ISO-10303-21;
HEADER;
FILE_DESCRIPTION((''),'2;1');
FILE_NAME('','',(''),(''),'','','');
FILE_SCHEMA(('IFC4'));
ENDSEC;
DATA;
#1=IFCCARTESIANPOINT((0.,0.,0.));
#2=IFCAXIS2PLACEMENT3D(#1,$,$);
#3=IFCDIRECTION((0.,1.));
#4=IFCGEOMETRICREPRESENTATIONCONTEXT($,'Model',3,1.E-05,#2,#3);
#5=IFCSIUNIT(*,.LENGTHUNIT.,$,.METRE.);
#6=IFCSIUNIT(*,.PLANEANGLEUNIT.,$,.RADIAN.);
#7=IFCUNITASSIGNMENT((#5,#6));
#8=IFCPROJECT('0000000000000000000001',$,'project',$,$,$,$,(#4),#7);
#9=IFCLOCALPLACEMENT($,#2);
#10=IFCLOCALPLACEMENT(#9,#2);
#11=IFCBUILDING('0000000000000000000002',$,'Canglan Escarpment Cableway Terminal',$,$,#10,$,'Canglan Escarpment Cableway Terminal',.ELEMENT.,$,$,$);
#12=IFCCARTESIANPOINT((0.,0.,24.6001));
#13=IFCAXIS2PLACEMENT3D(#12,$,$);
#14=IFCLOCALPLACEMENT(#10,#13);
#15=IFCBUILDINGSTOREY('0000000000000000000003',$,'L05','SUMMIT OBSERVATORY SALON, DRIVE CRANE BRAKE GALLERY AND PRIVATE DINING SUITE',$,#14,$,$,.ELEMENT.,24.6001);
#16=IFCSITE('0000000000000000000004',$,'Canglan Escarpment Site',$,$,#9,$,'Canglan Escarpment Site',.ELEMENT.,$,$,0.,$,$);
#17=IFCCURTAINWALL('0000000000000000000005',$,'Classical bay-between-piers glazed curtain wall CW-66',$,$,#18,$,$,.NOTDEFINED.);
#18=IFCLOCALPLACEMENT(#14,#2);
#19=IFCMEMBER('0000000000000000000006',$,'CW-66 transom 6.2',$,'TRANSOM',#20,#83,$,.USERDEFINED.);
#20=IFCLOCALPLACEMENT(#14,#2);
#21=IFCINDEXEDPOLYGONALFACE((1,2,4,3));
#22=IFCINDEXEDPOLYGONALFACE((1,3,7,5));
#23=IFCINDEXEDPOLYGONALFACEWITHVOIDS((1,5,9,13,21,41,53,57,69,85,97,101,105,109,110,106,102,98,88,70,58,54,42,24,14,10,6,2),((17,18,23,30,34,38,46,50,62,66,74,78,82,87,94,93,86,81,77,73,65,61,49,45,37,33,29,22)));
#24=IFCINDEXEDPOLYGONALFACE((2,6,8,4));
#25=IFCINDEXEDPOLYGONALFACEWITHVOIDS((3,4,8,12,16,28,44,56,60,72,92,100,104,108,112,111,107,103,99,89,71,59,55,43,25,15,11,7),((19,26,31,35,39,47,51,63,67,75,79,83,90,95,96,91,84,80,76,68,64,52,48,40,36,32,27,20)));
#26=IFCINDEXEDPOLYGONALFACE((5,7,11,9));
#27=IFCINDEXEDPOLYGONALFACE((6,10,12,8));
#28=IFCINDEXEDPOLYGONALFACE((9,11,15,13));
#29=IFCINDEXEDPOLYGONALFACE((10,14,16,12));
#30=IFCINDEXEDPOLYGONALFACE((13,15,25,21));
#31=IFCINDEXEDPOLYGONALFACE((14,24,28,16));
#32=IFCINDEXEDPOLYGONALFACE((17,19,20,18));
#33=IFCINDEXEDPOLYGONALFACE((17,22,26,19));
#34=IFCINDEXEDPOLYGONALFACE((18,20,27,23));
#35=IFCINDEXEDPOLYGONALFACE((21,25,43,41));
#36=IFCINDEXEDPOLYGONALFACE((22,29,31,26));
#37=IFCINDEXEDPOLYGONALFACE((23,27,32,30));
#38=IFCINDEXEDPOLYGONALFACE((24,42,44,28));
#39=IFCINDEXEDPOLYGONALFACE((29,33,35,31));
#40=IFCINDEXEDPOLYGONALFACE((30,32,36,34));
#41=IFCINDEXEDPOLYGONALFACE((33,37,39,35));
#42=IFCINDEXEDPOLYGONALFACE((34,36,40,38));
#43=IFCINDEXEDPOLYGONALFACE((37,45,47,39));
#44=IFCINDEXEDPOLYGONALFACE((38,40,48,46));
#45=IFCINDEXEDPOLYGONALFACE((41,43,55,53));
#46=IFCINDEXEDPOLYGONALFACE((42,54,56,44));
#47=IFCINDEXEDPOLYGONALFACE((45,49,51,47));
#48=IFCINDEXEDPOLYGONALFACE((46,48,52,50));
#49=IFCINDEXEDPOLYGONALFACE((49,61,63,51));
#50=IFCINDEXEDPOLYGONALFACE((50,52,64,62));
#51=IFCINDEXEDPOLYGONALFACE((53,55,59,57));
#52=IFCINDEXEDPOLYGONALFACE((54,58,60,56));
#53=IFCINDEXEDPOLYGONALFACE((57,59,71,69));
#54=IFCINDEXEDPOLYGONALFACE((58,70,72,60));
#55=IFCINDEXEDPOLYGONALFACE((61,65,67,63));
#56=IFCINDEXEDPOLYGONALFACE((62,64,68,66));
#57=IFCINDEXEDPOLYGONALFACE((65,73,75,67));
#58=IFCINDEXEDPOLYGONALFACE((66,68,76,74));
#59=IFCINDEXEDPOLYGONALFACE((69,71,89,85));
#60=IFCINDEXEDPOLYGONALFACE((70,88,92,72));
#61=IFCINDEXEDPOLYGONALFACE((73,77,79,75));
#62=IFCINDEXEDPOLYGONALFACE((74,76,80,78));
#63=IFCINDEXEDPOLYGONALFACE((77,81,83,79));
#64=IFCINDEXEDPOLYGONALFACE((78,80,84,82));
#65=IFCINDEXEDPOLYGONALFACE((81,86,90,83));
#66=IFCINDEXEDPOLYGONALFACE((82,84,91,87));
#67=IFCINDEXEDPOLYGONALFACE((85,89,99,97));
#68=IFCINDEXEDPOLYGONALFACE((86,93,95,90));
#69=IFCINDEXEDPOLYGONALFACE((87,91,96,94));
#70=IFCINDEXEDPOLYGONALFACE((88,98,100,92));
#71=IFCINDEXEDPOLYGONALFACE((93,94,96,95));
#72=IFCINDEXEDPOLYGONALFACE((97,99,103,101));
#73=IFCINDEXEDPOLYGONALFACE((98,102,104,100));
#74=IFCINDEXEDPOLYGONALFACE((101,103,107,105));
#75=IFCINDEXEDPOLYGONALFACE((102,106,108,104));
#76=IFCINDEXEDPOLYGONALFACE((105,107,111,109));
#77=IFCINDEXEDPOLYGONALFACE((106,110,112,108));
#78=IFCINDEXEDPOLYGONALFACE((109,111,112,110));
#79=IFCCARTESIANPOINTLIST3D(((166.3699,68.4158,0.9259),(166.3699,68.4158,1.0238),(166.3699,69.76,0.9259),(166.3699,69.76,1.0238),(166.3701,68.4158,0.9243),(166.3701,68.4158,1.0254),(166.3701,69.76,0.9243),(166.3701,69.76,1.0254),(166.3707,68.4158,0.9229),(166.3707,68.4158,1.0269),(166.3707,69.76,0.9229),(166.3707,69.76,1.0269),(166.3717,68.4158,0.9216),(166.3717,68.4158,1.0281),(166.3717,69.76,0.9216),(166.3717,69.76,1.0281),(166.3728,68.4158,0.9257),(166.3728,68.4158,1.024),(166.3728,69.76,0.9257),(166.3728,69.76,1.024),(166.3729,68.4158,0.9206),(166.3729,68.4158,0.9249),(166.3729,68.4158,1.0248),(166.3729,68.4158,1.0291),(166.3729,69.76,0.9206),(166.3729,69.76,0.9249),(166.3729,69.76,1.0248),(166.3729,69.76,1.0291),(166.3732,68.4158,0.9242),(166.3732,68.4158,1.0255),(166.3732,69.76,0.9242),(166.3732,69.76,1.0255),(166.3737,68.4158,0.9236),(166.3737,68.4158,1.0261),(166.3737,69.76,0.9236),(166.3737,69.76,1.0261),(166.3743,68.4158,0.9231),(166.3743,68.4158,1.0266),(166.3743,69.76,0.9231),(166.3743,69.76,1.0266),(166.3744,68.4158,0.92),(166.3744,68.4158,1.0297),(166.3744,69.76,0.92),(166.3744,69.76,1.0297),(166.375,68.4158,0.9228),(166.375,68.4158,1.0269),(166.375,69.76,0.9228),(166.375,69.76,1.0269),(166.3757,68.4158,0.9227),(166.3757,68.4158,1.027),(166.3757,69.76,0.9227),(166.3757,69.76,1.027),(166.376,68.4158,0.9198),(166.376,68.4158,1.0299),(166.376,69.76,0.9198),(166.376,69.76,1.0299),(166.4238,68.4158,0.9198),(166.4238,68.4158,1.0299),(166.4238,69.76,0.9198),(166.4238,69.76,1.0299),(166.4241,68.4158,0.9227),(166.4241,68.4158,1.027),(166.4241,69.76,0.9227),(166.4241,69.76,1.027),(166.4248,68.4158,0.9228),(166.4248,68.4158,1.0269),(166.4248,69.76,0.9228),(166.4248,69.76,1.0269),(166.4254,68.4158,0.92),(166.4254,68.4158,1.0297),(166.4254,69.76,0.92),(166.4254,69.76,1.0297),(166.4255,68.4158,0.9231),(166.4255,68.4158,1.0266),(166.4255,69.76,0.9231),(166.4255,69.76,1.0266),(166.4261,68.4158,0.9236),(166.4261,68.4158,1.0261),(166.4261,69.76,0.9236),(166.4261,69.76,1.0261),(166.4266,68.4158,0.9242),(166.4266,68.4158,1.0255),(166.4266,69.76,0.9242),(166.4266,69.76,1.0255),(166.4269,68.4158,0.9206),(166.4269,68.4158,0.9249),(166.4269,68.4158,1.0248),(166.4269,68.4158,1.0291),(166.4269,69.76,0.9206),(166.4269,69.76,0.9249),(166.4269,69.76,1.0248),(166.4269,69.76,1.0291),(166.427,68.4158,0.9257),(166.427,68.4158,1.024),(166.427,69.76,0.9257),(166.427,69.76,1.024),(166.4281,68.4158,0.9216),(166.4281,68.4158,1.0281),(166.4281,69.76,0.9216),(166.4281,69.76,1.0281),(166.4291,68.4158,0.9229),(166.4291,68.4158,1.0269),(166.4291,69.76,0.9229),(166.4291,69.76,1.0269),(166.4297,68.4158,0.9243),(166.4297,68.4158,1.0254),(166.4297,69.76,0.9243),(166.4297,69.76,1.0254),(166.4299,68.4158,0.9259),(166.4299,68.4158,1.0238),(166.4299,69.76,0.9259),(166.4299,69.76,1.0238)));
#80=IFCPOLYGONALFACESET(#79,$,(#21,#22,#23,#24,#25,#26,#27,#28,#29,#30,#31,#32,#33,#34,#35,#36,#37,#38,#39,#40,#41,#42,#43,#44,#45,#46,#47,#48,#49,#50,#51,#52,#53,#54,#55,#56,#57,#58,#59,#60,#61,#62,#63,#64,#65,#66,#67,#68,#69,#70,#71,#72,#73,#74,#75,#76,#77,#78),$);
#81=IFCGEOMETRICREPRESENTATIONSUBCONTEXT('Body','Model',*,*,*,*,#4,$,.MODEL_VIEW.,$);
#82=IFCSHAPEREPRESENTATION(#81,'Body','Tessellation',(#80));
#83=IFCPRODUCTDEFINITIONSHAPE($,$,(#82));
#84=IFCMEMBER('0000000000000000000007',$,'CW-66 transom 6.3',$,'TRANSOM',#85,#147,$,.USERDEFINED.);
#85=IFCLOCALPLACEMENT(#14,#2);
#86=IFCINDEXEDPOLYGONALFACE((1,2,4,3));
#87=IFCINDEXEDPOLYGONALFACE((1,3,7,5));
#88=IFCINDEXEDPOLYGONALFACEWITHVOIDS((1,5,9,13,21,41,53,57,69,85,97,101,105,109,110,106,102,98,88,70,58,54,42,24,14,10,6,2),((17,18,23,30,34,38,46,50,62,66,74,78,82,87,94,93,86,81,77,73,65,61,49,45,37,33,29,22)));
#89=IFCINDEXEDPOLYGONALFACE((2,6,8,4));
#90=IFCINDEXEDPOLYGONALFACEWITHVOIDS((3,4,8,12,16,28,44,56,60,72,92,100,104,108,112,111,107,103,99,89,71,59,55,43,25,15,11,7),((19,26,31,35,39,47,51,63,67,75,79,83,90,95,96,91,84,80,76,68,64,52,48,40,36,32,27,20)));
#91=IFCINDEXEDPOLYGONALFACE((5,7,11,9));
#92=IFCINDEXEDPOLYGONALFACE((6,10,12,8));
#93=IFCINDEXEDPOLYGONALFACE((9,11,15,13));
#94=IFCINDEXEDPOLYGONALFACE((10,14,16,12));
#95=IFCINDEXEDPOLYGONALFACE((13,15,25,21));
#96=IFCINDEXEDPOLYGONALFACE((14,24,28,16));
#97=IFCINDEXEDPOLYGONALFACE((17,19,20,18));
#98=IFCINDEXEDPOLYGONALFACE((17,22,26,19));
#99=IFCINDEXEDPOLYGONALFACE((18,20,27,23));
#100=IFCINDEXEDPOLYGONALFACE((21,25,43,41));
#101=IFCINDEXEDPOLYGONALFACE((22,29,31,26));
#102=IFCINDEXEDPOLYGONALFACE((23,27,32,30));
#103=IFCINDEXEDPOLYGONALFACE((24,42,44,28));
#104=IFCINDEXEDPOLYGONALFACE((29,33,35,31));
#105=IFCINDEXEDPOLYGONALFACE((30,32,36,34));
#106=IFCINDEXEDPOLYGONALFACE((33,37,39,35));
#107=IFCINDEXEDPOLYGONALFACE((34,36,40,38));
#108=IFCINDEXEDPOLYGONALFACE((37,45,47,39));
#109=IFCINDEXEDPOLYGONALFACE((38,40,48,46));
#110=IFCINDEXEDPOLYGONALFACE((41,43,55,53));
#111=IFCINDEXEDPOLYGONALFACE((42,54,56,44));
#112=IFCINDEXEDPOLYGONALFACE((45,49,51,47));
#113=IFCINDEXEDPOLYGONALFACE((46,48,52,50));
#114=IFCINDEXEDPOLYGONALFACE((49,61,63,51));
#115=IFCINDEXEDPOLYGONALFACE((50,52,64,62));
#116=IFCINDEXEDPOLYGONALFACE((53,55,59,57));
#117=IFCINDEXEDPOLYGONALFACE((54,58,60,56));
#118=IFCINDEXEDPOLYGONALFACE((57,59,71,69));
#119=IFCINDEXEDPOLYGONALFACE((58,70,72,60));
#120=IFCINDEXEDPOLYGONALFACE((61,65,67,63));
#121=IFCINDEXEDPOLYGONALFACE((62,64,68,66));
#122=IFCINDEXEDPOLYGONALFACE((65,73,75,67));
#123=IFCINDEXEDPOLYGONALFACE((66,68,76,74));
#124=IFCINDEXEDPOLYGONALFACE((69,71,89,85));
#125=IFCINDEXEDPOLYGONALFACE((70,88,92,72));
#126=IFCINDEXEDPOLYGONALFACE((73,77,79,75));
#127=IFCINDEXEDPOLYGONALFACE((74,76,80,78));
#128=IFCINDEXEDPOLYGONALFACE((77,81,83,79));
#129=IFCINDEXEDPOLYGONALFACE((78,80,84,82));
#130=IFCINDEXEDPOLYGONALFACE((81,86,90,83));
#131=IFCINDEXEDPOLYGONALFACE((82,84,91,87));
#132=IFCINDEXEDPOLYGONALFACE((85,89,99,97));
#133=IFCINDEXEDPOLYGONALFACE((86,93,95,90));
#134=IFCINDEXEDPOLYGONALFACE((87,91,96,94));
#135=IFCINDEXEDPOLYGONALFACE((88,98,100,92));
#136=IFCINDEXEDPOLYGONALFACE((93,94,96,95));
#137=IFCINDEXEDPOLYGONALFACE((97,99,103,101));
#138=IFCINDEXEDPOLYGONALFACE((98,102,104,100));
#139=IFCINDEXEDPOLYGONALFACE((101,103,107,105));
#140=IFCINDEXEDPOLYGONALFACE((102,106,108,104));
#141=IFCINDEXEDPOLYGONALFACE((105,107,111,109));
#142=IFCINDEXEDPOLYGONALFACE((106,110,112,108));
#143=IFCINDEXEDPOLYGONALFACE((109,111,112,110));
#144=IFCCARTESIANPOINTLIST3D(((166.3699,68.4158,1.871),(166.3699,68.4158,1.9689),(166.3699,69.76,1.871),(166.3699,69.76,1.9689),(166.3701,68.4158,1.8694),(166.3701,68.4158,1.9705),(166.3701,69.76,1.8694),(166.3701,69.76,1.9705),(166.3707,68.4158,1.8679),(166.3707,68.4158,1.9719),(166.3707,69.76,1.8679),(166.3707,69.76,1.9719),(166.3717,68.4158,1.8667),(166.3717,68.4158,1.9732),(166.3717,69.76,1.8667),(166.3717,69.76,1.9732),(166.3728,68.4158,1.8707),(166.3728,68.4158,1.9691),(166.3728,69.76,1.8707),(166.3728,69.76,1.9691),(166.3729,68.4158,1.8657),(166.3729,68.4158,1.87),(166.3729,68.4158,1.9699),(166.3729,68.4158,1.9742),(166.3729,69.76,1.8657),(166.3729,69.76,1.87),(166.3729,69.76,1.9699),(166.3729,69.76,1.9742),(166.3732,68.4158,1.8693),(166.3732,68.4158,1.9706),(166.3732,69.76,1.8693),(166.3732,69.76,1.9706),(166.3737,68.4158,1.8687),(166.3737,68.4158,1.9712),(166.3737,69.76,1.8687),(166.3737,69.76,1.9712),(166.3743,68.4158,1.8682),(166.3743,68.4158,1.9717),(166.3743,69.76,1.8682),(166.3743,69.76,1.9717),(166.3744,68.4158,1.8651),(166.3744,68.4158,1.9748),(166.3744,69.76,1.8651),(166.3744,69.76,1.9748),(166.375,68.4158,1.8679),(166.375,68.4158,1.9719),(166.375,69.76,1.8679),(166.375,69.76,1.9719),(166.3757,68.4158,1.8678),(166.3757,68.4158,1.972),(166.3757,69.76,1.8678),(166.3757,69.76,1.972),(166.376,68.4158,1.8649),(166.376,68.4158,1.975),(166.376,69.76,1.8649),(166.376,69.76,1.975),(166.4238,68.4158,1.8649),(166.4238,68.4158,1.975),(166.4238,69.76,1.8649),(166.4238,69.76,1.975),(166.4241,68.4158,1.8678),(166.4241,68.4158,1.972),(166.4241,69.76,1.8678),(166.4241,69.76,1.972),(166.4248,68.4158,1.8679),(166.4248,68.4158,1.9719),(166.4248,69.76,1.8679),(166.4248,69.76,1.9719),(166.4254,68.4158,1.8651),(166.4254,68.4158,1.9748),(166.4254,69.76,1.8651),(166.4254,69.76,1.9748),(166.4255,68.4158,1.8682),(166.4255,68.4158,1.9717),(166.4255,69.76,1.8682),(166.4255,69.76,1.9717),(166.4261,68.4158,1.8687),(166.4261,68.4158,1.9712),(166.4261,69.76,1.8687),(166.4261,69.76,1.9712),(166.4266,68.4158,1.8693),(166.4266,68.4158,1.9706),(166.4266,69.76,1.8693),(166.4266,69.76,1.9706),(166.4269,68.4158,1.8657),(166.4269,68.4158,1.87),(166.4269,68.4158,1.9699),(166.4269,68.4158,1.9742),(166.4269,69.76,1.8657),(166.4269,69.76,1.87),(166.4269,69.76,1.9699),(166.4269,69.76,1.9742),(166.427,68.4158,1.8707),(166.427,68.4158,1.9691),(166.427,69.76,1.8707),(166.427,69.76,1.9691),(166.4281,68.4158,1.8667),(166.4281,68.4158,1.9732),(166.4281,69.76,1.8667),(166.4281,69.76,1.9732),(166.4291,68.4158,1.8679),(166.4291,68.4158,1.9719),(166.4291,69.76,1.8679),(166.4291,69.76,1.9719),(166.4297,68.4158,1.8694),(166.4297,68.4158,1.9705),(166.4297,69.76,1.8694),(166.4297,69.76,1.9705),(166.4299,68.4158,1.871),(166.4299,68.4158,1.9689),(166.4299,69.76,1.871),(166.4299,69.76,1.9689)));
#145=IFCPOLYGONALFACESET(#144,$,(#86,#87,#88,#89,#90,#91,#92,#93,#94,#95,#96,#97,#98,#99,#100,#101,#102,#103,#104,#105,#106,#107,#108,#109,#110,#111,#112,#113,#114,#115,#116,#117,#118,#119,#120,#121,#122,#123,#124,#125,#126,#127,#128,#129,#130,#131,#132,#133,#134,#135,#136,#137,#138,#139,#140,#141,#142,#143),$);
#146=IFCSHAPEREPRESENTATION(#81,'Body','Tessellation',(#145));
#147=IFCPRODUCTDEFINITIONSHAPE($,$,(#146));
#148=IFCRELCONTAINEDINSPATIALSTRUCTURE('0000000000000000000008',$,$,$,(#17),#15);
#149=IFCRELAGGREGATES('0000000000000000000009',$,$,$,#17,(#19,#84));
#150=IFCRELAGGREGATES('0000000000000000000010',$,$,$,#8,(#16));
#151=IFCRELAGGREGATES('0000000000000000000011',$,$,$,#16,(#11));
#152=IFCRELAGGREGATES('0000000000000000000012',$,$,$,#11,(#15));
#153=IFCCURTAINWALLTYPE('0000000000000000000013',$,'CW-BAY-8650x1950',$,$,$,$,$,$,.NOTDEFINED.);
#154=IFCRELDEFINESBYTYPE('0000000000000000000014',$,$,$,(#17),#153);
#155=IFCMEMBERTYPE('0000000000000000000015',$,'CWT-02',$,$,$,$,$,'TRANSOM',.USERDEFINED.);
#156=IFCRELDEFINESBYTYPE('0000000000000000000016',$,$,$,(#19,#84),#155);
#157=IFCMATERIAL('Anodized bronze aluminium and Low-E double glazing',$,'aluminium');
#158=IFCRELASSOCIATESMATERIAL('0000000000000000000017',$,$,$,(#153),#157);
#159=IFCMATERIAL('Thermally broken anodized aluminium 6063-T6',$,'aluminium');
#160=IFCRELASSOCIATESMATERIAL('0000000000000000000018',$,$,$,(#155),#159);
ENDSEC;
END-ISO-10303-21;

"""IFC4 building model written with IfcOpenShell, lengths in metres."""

from ifc_helpers import new_model, si_unit, direction, frame, origin, origin_2d, place, context, subcontext, project, spatial, hollow_rectangle, extrude, material, material_profile, profile_set, type_object, element, aggregate, save


model = new_model("IFC4")

# Units and contexts
model_context = context("Model", 3, precision=1e-05, world=origin(), true_north=direction((0.0, 1.0)))
body_context = subcontext(model_context, "Body", "Model", "MODEL_VIEW")
ifc_project = project(units=[si_unit("LENGTHUNIT", "METRE"), si_unit("PLANEANGLEUNIT", "RADIAN")], contexts=[model_context])

# Site, building, storey
site_placement = place(None, origin())
site = spatial("IfcSite", under=ifc_project, at=site_placement, Name="Canglan Escarpment Site", LongName="Canglan Escarpment Site", CompositionType="ELEMENT", RefElevation=0.0)
building_placement = place(site_placement, origin())
building = spatial("IfcBuilding", under=site, at=building_placement, Name="Canglan Escarpment Cableway Terminal", LongName="Canglan Escarpment Cableway Terminal", CompositionType="ELEMENT")
storey_placement = place(building_placement, frame((0.0, 0.0, 24.6001)))
storey = spatial("IfcBuildingStorey", under=building, at=storey_placement, Name="L05", Description="SUMMIT OBSERVATORY SALON, DRIVE CRANE BRAKE GALLERY AND PRIVATE DINING SUITE", CompositionType="ELEMENT", Elevation=24.6001)

# Curtain wall
ifc_material_1 = material(Name="Anodized bronze aluminium and Low-E double glazing", Category="aluminium")
curtain_wall_type = type_object("IfcCurtainWallType", Name="CW-BAY-8650x1950", PredefinedType="NOTDEFINED", material=ifc_material_1)
curtain_wall_1_placement = place(storey_placement, origin())
curtain_wall_1 = element("IfcCurtainWall", 1, at=curtain_wall_1_placement, inside=storey, type_object=curtain_wall_type, Name="Classical bay-between-piers glazed curtain wall CW-66", PredefinedType="NOTDEFINED")
ifc_material_2 = material(Name="Thermally broken anodized aluminium 6063-T6", Category="aluminium")

# Members
ifc_material_profile_1 = material_profile(ifc_material_2, hollow_rectangle(XDim=0.0601, YDim=0.1101, WallThickness=0.0029, InnerFilletRadius=0.0029, OuterFilletRadius=0.0061, at=origin_2d()), Name="ALU-TRAN 60x110x3")
ifc_profile_set_1 = profile_set([ifc_material_profile_1], Name="Thermally broken anodized aluminium 6063-T6")
member_type_1 = type_object("IfcMemberType", Name="CWT-02", ElementType="TRANSOM", PredefinedType="USERDEFINED", material=ifc_profile_set_1)
member_1_placement = place(storey_placement, frame((166.3999, 68.4158, 0.9749), z_axis=(0.0, 1.0, 0.0), x_axis=(-1.0, 0.0, 0.0)))
member_1 = element("IfcMember", 2, at=member_1_placement, type_object=member_type_1, Name="CW-66 transom 6.2", ObjectType="TRANSOM", PredefinedType="USERDEFINED", context=body_context, shape_type="SweptSolid", body=[
    extrude(hollow_rectangle(XDim=0.0601, YDim=0.1101, WallThickness=0.0029, InnerFilletRadius=0.0029, OuterFilletRadius=0.0061, at=origin_2d()), origin(), (0.0, 0.0, 1.0), 1.3442),
])
member_2_placement = place(storey_placement, frame((166.3999, 68.4158, 1.9199), z_axis=(0.0, 1.0, 0.0), x_axis=(-1.0, 0.0, 0.0)))
member_2 = element("IfcMember", 3, at=member_2_placement, type_object=member_type_1, Name="CW-66 transom 6.3", ObjectType="TRANSOM", PredefinedType="USERDEFINED", context=body_context, shape_type="SweptSolid", body=[
    extrude(hollow_rectangle(XDim=0.0601, YDim=0.1101, WallThickness=0.0029, InnerFilletRadius=0.0029, OuterFilletRadius=0.0061, at=origin_2d()), origin(), (0.0, 0.0, 1.0), 1.3442),
])

aggregate(curtain_wall_1, [member_1, member_2])

save(model, "model.ifc")
